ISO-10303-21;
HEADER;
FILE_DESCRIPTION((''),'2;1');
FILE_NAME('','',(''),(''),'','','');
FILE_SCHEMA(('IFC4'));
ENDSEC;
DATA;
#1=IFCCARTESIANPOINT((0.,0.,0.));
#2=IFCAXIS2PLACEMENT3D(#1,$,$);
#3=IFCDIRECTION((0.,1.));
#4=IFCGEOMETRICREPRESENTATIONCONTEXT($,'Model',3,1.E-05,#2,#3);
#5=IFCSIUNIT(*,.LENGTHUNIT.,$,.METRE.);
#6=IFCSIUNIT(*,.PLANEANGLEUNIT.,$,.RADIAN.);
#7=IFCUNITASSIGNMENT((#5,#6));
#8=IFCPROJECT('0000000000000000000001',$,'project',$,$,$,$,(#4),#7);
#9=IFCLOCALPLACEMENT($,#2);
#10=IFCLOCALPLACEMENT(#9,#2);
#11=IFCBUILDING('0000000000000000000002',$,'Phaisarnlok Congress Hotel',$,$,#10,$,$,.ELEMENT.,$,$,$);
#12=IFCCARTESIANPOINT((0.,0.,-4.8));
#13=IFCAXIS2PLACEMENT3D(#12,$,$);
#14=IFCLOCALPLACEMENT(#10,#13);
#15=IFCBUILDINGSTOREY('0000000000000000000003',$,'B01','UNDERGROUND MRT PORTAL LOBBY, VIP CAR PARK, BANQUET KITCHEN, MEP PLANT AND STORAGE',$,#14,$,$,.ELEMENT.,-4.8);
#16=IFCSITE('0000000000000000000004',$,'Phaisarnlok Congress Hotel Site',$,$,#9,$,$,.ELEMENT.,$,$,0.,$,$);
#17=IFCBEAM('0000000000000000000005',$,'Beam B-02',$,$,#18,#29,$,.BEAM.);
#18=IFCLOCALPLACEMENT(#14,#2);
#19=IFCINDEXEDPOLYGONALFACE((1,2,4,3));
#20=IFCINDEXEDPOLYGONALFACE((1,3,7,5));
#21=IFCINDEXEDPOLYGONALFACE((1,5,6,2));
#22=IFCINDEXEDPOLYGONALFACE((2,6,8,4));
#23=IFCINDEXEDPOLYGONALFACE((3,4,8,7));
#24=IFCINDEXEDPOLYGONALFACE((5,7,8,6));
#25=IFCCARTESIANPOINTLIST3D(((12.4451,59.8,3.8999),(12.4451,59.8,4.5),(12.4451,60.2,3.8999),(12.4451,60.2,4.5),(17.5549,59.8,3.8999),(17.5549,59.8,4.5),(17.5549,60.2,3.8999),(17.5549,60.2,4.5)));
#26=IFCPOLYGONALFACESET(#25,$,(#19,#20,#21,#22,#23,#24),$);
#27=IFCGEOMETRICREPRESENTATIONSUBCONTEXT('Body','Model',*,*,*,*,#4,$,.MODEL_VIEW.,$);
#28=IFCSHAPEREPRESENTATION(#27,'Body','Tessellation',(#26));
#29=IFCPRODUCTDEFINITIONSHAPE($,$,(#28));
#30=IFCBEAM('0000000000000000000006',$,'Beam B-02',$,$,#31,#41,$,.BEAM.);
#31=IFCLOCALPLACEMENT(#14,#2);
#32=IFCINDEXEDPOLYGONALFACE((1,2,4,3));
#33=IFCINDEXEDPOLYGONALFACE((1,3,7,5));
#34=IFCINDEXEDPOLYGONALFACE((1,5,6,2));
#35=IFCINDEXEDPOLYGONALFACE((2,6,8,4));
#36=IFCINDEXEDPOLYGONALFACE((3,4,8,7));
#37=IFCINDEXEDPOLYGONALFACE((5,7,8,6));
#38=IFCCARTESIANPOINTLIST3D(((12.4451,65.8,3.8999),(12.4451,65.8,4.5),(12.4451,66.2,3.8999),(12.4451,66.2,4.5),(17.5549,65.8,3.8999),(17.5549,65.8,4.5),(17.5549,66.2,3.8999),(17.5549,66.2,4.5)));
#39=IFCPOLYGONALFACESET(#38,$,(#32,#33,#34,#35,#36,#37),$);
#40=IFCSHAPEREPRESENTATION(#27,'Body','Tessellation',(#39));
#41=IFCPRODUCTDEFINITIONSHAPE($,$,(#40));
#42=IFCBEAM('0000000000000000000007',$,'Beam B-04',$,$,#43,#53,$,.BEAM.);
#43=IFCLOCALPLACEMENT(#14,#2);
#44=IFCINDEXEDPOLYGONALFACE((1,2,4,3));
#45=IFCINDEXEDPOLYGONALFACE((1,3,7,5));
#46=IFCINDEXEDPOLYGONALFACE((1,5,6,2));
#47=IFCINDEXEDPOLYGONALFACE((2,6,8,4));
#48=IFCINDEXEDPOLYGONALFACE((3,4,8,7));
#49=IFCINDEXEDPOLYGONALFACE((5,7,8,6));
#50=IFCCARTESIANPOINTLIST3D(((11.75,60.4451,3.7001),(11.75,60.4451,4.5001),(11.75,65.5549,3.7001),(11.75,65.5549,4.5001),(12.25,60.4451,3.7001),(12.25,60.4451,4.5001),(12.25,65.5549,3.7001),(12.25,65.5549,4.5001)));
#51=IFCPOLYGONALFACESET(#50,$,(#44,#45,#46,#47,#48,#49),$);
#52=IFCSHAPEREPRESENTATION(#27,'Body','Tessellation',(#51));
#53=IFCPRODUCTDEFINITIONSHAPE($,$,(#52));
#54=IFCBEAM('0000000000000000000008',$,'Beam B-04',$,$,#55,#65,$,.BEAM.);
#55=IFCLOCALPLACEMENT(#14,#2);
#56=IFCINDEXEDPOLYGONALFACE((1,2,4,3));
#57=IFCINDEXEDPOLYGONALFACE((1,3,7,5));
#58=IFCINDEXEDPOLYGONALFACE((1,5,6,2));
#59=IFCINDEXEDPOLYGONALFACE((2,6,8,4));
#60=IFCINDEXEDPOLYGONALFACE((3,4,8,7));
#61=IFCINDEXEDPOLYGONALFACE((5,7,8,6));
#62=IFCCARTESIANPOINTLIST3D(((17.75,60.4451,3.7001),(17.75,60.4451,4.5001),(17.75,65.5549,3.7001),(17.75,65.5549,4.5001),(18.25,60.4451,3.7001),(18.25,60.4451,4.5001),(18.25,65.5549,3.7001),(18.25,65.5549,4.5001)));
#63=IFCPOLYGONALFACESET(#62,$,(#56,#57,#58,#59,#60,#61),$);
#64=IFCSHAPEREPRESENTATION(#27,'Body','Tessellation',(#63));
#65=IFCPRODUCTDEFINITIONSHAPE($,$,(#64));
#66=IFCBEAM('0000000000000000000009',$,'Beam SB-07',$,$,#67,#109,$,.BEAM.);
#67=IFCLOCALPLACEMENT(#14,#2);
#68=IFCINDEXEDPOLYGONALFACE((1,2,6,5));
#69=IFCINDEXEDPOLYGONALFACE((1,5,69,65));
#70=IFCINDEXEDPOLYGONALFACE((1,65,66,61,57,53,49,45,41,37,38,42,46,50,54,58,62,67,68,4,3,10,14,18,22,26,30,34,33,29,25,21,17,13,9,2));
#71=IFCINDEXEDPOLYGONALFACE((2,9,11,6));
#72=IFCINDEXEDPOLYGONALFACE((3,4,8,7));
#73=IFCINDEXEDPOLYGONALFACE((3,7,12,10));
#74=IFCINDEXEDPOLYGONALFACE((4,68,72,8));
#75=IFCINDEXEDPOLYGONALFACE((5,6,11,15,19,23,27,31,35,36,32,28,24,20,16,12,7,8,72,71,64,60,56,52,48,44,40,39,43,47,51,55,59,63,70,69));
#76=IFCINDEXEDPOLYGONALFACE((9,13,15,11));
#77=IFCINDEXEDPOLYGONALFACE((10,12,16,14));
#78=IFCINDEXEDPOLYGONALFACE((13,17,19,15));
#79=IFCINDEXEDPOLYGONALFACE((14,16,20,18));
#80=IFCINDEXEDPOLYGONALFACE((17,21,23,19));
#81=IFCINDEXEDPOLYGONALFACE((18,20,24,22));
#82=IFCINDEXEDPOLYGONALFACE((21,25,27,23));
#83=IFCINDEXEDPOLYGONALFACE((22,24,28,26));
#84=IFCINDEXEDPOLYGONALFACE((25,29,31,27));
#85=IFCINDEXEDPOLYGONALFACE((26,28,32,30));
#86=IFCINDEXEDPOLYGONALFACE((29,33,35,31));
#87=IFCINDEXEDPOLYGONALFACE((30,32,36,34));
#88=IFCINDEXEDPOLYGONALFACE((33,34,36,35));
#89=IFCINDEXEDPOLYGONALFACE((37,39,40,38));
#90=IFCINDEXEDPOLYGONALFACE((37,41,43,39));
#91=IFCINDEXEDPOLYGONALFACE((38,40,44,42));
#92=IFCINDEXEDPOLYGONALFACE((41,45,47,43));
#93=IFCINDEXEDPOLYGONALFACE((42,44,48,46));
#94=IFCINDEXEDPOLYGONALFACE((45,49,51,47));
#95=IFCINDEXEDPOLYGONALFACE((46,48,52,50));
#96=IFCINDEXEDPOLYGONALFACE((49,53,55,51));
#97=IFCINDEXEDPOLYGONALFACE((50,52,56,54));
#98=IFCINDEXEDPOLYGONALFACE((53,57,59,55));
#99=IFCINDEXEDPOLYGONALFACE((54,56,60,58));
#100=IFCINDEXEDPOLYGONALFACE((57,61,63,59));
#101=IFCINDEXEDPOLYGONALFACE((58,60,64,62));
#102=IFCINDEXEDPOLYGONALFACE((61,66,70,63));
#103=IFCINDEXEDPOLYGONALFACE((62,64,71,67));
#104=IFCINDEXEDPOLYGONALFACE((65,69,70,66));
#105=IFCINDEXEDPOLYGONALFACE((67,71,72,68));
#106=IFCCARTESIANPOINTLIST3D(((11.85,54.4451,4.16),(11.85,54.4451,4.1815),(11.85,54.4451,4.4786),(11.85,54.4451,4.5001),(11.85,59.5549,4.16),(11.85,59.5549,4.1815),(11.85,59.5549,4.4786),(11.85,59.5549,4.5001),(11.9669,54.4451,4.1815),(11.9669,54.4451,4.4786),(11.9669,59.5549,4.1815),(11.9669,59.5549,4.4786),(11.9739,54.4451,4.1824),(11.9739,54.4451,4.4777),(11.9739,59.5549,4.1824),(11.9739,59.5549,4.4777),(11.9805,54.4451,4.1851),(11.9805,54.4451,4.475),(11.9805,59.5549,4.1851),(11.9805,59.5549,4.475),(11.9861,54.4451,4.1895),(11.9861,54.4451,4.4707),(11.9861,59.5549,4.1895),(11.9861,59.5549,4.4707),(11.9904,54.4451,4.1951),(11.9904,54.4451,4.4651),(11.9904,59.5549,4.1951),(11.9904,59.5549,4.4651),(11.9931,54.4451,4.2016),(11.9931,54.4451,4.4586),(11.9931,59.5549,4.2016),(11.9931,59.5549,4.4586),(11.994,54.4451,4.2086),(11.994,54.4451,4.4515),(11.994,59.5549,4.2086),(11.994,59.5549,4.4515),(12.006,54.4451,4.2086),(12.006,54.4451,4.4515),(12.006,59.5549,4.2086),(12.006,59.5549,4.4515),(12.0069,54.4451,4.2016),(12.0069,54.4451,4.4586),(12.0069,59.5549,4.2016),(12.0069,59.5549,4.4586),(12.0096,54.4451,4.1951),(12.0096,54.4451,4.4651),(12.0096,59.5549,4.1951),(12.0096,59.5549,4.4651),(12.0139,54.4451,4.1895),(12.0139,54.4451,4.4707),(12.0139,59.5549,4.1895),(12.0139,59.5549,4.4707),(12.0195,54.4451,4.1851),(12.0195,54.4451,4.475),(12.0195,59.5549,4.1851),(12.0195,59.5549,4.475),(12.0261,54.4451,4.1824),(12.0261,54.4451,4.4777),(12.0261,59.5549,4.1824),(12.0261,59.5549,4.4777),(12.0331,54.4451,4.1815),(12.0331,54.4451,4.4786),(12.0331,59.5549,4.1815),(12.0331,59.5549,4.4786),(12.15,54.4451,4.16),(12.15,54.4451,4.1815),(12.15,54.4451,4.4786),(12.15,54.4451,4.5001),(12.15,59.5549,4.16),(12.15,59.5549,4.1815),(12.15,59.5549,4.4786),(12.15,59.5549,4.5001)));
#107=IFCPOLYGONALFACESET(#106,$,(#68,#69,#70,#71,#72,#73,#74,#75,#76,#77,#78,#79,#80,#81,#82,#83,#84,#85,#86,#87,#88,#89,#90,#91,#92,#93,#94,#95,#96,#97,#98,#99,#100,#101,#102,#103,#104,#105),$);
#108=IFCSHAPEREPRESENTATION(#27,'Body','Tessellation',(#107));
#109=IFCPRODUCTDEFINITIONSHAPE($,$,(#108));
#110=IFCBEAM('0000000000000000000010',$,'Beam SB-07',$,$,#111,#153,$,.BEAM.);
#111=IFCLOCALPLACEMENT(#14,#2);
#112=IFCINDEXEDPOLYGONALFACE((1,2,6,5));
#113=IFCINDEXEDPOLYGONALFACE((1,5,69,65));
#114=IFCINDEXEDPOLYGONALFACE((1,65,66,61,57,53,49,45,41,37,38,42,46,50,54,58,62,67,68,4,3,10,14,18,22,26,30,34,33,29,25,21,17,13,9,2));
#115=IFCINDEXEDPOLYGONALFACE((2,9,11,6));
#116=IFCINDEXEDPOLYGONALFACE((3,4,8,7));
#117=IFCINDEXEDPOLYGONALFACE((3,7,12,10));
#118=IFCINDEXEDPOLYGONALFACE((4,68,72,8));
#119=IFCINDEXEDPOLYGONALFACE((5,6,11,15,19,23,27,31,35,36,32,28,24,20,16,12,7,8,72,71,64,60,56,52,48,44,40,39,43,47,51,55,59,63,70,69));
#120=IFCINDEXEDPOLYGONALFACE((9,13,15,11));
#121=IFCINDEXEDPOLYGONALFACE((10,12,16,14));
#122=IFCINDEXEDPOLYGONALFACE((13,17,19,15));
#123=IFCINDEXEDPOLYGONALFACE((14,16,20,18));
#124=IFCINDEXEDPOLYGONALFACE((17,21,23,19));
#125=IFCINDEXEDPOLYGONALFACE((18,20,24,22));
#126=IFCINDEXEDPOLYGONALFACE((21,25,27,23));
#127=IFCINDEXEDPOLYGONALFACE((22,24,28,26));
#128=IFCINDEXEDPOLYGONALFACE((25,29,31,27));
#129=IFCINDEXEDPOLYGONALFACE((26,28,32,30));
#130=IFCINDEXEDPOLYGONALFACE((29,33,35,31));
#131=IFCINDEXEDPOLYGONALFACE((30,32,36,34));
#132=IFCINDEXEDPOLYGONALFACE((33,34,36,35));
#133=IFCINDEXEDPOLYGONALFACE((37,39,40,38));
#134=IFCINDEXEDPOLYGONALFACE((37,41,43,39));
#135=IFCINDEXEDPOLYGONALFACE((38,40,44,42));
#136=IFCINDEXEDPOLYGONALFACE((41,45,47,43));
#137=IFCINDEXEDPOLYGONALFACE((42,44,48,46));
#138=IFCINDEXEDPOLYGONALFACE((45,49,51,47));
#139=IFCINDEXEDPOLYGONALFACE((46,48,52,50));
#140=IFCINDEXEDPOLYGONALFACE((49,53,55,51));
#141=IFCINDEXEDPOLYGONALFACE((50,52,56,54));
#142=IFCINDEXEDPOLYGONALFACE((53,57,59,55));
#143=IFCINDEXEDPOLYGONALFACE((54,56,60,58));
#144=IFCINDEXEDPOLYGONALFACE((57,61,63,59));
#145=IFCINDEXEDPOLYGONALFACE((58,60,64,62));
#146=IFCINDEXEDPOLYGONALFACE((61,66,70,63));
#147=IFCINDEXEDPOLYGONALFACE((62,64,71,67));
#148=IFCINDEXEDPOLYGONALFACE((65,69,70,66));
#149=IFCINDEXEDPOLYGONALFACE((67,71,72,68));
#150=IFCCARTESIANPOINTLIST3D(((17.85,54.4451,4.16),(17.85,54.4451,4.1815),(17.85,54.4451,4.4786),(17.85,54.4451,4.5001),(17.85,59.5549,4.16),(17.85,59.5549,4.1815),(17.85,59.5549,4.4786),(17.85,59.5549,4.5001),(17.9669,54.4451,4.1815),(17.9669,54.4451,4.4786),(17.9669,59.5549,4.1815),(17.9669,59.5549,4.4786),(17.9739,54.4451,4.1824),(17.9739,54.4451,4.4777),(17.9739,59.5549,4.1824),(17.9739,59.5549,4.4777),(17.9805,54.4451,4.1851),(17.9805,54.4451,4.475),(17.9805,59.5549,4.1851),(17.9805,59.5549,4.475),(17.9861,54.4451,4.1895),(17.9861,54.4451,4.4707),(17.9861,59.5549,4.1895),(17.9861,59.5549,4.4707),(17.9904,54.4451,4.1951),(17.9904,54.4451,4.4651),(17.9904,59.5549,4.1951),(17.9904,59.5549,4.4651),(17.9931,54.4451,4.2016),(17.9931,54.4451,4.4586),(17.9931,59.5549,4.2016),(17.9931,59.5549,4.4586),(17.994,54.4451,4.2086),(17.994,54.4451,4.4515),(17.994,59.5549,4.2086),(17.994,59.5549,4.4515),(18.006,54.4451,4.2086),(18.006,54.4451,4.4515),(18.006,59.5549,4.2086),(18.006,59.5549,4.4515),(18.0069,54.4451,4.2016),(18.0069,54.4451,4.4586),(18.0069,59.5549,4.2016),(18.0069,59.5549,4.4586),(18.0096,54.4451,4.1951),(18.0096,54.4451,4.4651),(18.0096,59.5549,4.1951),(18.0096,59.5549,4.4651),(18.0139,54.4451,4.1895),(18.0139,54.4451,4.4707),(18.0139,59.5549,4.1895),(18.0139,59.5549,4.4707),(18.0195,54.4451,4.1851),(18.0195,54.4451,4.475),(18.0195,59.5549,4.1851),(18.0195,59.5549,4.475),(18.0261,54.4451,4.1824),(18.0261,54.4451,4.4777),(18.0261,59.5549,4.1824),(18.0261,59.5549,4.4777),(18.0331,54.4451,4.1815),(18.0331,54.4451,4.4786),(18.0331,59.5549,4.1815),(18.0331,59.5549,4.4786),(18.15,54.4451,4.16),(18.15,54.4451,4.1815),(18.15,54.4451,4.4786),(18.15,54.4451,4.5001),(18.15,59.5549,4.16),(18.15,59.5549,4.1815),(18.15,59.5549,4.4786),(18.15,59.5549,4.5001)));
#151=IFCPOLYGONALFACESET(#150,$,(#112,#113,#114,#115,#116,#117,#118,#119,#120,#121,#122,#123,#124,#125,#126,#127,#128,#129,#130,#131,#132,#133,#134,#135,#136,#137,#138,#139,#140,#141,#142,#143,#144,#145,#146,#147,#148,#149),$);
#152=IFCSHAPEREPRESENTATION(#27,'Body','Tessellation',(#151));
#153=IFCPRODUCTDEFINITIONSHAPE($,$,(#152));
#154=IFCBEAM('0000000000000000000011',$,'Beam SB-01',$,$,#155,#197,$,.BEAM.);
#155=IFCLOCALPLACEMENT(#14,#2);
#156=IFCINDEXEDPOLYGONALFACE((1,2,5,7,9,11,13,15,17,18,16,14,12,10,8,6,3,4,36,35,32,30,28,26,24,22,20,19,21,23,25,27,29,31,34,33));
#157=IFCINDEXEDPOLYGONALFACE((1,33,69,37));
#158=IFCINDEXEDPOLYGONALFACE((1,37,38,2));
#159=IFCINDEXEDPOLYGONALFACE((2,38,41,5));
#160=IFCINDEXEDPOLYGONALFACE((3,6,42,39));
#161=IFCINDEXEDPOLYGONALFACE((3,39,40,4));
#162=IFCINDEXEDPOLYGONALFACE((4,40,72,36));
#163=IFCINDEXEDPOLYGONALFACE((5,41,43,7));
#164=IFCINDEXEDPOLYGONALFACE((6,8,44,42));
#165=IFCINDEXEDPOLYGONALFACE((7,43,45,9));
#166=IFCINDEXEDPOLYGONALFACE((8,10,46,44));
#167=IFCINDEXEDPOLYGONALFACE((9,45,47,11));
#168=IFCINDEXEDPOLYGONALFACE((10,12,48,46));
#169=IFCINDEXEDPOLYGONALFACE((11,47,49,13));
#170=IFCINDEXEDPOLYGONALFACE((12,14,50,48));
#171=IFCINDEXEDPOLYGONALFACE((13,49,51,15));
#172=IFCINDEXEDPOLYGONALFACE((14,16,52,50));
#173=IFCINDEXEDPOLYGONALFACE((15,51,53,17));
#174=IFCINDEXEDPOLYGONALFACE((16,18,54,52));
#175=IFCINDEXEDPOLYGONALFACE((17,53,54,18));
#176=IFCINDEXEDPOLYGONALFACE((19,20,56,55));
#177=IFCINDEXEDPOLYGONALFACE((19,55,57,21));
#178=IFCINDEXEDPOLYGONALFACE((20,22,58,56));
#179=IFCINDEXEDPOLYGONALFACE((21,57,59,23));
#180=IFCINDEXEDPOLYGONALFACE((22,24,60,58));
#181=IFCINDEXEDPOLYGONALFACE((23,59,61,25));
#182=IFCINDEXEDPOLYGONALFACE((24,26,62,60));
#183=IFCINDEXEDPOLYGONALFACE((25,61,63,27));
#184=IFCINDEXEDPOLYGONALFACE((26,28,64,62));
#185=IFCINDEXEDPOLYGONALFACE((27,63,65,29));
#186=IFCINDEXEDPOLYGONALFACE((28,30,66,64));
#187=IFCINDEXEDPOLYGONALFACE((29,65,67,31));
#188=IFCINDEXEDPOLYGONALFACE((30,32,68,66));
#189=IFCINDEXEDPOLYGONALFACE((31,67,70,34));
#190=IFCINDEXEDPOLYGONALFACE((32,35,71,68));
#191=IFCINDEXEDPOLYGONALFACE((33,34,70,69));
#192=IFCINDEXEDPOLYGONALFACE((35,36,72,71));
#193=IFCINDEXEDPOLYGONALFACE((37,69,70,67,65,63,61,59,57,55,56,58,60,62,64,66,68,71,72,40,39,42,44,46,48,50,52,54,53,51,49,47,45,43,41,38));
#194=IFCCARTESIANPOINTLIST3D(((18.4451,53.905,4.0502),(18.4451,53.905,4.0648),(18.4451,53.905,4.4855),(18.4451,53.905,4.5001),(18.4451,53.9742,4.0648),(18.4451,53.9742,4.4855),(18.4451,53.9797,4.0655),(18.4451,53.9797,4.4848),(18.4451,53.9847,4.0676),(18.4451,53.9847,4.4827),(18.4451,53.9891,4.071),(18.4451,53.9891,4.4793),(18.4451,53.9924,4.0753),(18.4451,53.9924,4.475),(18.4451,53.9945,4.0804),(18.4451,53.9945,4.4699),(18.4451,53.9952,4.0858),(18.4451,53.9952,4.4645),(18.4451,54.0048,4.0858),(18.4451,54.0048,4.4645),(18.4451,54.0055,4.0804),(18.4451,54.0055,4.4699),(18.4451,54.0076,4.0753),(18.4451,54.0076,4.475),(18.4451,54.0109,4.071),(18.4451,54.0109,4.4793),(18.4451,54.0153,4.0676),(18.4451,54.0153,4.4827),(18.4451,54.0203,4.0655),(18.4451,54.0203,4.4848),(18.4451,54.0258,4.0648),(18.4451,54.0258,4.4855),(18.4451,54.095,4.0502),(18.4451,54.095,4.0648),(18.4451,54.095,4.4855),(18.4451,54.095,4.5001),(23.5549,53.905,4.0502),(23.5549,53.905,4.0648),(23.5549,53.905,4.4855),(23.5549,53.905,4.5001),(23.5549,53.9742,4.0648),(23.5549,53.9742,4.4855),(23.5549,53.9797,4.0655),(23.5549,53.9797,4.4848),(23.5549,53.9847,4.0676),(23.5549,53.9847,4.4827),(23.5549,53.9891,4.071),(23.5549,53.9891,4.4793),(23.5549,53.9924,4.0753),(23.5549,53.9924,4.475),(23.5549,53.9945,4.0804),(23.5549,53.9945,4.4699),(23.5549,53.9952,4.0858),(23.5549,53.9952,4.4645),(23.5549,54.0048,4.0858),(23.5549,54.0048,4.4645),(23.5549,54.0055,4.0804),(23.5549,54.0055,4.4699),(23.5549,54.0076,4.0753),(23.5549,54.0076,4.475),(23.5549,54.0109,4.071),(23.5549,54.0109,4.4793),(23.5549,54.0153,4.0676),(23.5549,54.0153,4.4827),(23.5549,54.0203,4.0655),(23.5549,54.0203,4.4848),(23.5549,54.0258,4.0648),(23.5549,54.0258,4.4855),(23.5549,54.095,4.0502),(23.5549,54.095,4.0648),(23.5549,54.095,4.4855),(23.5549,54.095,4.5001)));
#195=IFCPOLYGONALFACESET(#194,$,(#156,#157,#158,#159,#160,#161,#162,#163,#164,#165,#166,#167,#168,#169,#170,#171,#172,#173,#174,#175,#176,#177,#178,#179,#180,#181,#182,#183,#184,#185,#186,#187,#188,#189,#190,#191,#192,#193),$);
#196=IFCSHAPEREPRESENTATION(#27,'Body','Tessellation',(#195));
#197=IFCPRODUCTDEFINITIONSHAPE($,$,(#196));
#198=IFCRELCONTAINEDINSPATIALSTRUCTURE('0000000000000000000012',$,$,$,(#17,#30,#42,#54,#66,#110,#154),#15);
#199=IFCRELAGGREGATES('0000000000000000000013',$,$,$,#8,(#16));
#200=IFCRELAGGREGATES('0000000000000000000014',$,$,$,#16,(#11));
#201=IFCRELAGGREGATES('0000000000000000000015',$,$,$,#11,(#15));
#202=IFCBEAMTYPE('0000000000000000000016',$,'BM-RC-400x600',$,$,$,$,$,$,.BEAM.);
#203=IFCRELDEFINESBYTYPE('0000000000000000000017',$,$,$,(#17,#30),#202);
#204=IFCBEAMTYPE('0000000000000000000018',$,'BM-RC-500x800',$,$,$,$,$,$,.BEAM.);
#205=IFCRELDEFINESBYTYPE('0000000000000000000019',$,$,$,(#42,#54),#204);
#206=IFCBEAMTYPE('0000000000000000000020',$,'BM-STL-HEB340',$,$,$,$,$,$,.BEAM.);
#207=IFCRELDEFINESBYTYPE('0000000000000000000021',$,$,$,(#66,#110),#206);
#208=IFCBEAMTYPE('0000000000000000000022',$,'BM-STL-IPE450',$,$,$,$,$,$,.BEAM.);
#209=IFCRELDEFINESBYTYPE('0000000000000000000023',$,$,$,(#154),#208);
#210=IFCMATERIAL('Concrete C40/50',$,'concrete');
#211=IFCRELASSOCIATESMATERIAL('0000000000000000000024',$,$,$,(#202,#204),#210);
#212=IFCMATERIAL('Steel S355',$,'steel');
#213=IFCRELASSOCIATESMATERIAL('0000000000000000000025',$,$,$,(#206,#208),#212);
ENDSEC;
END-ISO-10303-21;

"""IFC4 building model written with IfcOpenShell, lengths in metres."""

from ifc_helpers import new_model, si_unit, direction, frame, origin, origin_2d, place, context, subcontext, project, spatial, rectangle, i_section, extrude, material, material_profile, profile_set, type_object, element, save


model = new_model("IFC4")

# Units and contexts
model_context = context("Model", 3, precision=1e-05, world=origin(), true_north=direction((0.0, 1.0)))
body_context = subcontext(model_context, "Body", "Model", "MODEL_VIEW")
ifc_project = project(units=[si_unit("LENGTHUNIT", "METRE"), si_unit("PLANEANGLEUNIT", "RADIAN")], contexts=[model_context])

# Site, building, storey
site_placement = place(None, origin())
site = spatial("IfcSite", under=ifc_project, at=site_placement, Name="Phaisarnlok Congress Hotel Site", CompositionType="ELEMENT", RefElevation=0.0)
building_placement = place(site_placement, origin())
building = spatial("IfcBuilding", under=site, at=building_placement, Name="Phaisarnlok Congress Hotel", CompositionType="ELEMENT")
storey_placement = place(building_placement, frame((0.0, 0.0, -4.8)))
storey = spatial("IfcBuildingStorey", under=building, at=storey_placement, Name="B01", Description="UNDERGROUND MRT PORTAL LOBBY, VIP CAR PARK, BANQUET KITCHEN, MEP PLANT AND STORAGE", CompositionType="ELEMENT", Elevation=-4.8)

# Shared definitions
ifc_material_1 = material(Name="Concrete C40/50", Category="concrete")

# Beams
ifc_material_profile_1 = material_profile(ifc_material_1, rectangle(XDim=0.3999, YDim=0.6001, at=origin_2d()), Name="RC 400x600")
ifc_profile_set_1 = profile_set([ifc_material_profile_1], Name="Concrete C40/50")
beam_type_1 = type_object("IfcBeamType", Name="BM-RC-400x600", PredefinedType="BEAM", material=ifc_profile_set_1)
for number, where, z_axis, x_axis, name in (
    (1, (12.4451, 60.0, 4.2), (1.0, 0.0, 0.0), (0.0, 1.0, 0.0), "Beam B-02"),
    (2, (12.4451, 66.0, 4.2), (1.0, 0.0, 0.0), (0.0, 1.0, 0.0), "Beam B-02"),
):
    element("IfcBeam", number, at=place(storey_placement, frame(where, z_axis=z_axis, x_axis=x_axis)), inside=storey, type_object=beam_type_1, Name=name, PredefinedType="BEAM", context=body_context, shape_type="SweptSolid", body=[
        extrude(rectangle(XDim=0.3999, YDim=0.6001, at=origin_2d()), origin(), (0.0, 0.0, 1.0), 5.1099),
    ])
ifc_material_profile_2 = material_profile(ifc_material_1, rectangle(XDim=0.5, YDim=0.8, at=origin_2d()), Name="RC 500x800")
ifc_profile_set_2 = profile_set([ifc_material_profile_2], Name="Concrete C40/50")
beam_type_2 = type_object("IfcBeamType", Name="BM-RC-500x800", PredefinedType="BEAM", material=ifc_profile_set_2)
for number, where, z_axis, x_axis, name in (
    (3, (12.0, 60.4451, 4.1001), (0.0, 1.0, 0.0), (-1.0, 0.0, 0.0), "Beam B-04"),
    (4, (18.0, 60.4451, 4.1001), (0.0, 1.0, 0.0), (-1.0, 0.0, 0.0), "Beam B-04"),
):
    element("IfcBeam", number, at=place(storey_placement, frame(where, z_axis=z_axis, x_axis=x_axis)), inside=storey, type_object=beam_type_2, Name=name, PredefinedType="BEAM", context=body_context, shape_type="SweptSolid", body=[
        extrude(rectangle(XDim=0.5, YDim=0.8, at=origin_2d()), origin(), (0.0, 0.0, 1.0), 5.1099),
    ])
ifc_material_2 = material(Name="Steel S355", Category="steel")
ifc_material_profile_3 = material_profile(ifc_material_2, i_section(OverallWidth=0.3, OverallDepth=0.3401, WebThickness=0.012, FlangeThickness=0.0215, FilletRadius=0.0271, at=origin_2d()), Name="HEB 340")
ifc_profile_set_3 = profile_set([ifc_material_profile_3], Name="Steel S355")
beam_type_3 = type_object("IfcBeamType", Name="BM-STL-HEB340", PredefinedType="BEAM", material=ifc_profile_set_3)
for number, where, z_axis, x_axis, name in (
    (5, (12.0, 54.4451, 4.3301), (0.0, 1.0, 0.0), (-1.0, 0.0, 0.0), "Beam SB-07"),
    (6, (18.0, 54.4451, 4.3301), (0.0, 1.0, 0.0), (-1.0, 0.0, 0.0), "Beam SB-07"),
):
    element("IfcBeam", number, at=place(storey_placement, frame(where, z_axis=z_axis, x_axis=x_axis)), inside=storey, type_object=beam_type_3, Name=name, PredefinedType="BEAM", context=body_context, shape_type="SweptSolid", body=[
        extrude(i_section(OverallWidth=0.3, OverallDepth=0.3401, WebThickness=0.012, FlangeThickness=0.0215, FilletRadius=0.0271, at=origin_2d()), origin(), (0.0, 0.0, 1.0), 5.1099),
    ])
ifc_material_profile_4 = material_profile(ifc_material_2, i_section(OverallWidth=0.1899, OverallDepth=0.45, WebThickness=0.0095, FlangeThickness=0.0146, FilletRadius=0.021, at=origin_2d()), Name="IPE 450")
ifc_profile_set_4 = profile_set([ifc_material_profile_4], Name="Steel S355")
beam_type_4 = type_object("IfcBeamType", Name="BM-STL-IPE450", PredefinedType="BEAM", material=ifc_profile_set_4)
for number, where, z_axis, x_axis, name in (
    (7, (18.4451, 54.0, 4.2751), (1.0, 0.0, 0.0), (0.0, 1.0, 0.0), "Beam SB-01"),
):
    element("IfcBeam", number, at=place(storey_placement, frame(where, z_axis=z_axis, x_axis=x_axis)), inside=storey, type_object=beam_type_4, Name=name, PredefinedType="BEAM", context=body_context, shape_type="SweptSolid", body=[
        extrude(i_section(OverallWidth=0.1899, OverallDepth=0.45, WebThickness=0.0095, FlangeThickness=0.0146, FilletRadius=0.021, at=origin_2d()), origin(), (0.0, 0.0, 1.0), 5.1099),
    ])

save(model, "model.ifc")
